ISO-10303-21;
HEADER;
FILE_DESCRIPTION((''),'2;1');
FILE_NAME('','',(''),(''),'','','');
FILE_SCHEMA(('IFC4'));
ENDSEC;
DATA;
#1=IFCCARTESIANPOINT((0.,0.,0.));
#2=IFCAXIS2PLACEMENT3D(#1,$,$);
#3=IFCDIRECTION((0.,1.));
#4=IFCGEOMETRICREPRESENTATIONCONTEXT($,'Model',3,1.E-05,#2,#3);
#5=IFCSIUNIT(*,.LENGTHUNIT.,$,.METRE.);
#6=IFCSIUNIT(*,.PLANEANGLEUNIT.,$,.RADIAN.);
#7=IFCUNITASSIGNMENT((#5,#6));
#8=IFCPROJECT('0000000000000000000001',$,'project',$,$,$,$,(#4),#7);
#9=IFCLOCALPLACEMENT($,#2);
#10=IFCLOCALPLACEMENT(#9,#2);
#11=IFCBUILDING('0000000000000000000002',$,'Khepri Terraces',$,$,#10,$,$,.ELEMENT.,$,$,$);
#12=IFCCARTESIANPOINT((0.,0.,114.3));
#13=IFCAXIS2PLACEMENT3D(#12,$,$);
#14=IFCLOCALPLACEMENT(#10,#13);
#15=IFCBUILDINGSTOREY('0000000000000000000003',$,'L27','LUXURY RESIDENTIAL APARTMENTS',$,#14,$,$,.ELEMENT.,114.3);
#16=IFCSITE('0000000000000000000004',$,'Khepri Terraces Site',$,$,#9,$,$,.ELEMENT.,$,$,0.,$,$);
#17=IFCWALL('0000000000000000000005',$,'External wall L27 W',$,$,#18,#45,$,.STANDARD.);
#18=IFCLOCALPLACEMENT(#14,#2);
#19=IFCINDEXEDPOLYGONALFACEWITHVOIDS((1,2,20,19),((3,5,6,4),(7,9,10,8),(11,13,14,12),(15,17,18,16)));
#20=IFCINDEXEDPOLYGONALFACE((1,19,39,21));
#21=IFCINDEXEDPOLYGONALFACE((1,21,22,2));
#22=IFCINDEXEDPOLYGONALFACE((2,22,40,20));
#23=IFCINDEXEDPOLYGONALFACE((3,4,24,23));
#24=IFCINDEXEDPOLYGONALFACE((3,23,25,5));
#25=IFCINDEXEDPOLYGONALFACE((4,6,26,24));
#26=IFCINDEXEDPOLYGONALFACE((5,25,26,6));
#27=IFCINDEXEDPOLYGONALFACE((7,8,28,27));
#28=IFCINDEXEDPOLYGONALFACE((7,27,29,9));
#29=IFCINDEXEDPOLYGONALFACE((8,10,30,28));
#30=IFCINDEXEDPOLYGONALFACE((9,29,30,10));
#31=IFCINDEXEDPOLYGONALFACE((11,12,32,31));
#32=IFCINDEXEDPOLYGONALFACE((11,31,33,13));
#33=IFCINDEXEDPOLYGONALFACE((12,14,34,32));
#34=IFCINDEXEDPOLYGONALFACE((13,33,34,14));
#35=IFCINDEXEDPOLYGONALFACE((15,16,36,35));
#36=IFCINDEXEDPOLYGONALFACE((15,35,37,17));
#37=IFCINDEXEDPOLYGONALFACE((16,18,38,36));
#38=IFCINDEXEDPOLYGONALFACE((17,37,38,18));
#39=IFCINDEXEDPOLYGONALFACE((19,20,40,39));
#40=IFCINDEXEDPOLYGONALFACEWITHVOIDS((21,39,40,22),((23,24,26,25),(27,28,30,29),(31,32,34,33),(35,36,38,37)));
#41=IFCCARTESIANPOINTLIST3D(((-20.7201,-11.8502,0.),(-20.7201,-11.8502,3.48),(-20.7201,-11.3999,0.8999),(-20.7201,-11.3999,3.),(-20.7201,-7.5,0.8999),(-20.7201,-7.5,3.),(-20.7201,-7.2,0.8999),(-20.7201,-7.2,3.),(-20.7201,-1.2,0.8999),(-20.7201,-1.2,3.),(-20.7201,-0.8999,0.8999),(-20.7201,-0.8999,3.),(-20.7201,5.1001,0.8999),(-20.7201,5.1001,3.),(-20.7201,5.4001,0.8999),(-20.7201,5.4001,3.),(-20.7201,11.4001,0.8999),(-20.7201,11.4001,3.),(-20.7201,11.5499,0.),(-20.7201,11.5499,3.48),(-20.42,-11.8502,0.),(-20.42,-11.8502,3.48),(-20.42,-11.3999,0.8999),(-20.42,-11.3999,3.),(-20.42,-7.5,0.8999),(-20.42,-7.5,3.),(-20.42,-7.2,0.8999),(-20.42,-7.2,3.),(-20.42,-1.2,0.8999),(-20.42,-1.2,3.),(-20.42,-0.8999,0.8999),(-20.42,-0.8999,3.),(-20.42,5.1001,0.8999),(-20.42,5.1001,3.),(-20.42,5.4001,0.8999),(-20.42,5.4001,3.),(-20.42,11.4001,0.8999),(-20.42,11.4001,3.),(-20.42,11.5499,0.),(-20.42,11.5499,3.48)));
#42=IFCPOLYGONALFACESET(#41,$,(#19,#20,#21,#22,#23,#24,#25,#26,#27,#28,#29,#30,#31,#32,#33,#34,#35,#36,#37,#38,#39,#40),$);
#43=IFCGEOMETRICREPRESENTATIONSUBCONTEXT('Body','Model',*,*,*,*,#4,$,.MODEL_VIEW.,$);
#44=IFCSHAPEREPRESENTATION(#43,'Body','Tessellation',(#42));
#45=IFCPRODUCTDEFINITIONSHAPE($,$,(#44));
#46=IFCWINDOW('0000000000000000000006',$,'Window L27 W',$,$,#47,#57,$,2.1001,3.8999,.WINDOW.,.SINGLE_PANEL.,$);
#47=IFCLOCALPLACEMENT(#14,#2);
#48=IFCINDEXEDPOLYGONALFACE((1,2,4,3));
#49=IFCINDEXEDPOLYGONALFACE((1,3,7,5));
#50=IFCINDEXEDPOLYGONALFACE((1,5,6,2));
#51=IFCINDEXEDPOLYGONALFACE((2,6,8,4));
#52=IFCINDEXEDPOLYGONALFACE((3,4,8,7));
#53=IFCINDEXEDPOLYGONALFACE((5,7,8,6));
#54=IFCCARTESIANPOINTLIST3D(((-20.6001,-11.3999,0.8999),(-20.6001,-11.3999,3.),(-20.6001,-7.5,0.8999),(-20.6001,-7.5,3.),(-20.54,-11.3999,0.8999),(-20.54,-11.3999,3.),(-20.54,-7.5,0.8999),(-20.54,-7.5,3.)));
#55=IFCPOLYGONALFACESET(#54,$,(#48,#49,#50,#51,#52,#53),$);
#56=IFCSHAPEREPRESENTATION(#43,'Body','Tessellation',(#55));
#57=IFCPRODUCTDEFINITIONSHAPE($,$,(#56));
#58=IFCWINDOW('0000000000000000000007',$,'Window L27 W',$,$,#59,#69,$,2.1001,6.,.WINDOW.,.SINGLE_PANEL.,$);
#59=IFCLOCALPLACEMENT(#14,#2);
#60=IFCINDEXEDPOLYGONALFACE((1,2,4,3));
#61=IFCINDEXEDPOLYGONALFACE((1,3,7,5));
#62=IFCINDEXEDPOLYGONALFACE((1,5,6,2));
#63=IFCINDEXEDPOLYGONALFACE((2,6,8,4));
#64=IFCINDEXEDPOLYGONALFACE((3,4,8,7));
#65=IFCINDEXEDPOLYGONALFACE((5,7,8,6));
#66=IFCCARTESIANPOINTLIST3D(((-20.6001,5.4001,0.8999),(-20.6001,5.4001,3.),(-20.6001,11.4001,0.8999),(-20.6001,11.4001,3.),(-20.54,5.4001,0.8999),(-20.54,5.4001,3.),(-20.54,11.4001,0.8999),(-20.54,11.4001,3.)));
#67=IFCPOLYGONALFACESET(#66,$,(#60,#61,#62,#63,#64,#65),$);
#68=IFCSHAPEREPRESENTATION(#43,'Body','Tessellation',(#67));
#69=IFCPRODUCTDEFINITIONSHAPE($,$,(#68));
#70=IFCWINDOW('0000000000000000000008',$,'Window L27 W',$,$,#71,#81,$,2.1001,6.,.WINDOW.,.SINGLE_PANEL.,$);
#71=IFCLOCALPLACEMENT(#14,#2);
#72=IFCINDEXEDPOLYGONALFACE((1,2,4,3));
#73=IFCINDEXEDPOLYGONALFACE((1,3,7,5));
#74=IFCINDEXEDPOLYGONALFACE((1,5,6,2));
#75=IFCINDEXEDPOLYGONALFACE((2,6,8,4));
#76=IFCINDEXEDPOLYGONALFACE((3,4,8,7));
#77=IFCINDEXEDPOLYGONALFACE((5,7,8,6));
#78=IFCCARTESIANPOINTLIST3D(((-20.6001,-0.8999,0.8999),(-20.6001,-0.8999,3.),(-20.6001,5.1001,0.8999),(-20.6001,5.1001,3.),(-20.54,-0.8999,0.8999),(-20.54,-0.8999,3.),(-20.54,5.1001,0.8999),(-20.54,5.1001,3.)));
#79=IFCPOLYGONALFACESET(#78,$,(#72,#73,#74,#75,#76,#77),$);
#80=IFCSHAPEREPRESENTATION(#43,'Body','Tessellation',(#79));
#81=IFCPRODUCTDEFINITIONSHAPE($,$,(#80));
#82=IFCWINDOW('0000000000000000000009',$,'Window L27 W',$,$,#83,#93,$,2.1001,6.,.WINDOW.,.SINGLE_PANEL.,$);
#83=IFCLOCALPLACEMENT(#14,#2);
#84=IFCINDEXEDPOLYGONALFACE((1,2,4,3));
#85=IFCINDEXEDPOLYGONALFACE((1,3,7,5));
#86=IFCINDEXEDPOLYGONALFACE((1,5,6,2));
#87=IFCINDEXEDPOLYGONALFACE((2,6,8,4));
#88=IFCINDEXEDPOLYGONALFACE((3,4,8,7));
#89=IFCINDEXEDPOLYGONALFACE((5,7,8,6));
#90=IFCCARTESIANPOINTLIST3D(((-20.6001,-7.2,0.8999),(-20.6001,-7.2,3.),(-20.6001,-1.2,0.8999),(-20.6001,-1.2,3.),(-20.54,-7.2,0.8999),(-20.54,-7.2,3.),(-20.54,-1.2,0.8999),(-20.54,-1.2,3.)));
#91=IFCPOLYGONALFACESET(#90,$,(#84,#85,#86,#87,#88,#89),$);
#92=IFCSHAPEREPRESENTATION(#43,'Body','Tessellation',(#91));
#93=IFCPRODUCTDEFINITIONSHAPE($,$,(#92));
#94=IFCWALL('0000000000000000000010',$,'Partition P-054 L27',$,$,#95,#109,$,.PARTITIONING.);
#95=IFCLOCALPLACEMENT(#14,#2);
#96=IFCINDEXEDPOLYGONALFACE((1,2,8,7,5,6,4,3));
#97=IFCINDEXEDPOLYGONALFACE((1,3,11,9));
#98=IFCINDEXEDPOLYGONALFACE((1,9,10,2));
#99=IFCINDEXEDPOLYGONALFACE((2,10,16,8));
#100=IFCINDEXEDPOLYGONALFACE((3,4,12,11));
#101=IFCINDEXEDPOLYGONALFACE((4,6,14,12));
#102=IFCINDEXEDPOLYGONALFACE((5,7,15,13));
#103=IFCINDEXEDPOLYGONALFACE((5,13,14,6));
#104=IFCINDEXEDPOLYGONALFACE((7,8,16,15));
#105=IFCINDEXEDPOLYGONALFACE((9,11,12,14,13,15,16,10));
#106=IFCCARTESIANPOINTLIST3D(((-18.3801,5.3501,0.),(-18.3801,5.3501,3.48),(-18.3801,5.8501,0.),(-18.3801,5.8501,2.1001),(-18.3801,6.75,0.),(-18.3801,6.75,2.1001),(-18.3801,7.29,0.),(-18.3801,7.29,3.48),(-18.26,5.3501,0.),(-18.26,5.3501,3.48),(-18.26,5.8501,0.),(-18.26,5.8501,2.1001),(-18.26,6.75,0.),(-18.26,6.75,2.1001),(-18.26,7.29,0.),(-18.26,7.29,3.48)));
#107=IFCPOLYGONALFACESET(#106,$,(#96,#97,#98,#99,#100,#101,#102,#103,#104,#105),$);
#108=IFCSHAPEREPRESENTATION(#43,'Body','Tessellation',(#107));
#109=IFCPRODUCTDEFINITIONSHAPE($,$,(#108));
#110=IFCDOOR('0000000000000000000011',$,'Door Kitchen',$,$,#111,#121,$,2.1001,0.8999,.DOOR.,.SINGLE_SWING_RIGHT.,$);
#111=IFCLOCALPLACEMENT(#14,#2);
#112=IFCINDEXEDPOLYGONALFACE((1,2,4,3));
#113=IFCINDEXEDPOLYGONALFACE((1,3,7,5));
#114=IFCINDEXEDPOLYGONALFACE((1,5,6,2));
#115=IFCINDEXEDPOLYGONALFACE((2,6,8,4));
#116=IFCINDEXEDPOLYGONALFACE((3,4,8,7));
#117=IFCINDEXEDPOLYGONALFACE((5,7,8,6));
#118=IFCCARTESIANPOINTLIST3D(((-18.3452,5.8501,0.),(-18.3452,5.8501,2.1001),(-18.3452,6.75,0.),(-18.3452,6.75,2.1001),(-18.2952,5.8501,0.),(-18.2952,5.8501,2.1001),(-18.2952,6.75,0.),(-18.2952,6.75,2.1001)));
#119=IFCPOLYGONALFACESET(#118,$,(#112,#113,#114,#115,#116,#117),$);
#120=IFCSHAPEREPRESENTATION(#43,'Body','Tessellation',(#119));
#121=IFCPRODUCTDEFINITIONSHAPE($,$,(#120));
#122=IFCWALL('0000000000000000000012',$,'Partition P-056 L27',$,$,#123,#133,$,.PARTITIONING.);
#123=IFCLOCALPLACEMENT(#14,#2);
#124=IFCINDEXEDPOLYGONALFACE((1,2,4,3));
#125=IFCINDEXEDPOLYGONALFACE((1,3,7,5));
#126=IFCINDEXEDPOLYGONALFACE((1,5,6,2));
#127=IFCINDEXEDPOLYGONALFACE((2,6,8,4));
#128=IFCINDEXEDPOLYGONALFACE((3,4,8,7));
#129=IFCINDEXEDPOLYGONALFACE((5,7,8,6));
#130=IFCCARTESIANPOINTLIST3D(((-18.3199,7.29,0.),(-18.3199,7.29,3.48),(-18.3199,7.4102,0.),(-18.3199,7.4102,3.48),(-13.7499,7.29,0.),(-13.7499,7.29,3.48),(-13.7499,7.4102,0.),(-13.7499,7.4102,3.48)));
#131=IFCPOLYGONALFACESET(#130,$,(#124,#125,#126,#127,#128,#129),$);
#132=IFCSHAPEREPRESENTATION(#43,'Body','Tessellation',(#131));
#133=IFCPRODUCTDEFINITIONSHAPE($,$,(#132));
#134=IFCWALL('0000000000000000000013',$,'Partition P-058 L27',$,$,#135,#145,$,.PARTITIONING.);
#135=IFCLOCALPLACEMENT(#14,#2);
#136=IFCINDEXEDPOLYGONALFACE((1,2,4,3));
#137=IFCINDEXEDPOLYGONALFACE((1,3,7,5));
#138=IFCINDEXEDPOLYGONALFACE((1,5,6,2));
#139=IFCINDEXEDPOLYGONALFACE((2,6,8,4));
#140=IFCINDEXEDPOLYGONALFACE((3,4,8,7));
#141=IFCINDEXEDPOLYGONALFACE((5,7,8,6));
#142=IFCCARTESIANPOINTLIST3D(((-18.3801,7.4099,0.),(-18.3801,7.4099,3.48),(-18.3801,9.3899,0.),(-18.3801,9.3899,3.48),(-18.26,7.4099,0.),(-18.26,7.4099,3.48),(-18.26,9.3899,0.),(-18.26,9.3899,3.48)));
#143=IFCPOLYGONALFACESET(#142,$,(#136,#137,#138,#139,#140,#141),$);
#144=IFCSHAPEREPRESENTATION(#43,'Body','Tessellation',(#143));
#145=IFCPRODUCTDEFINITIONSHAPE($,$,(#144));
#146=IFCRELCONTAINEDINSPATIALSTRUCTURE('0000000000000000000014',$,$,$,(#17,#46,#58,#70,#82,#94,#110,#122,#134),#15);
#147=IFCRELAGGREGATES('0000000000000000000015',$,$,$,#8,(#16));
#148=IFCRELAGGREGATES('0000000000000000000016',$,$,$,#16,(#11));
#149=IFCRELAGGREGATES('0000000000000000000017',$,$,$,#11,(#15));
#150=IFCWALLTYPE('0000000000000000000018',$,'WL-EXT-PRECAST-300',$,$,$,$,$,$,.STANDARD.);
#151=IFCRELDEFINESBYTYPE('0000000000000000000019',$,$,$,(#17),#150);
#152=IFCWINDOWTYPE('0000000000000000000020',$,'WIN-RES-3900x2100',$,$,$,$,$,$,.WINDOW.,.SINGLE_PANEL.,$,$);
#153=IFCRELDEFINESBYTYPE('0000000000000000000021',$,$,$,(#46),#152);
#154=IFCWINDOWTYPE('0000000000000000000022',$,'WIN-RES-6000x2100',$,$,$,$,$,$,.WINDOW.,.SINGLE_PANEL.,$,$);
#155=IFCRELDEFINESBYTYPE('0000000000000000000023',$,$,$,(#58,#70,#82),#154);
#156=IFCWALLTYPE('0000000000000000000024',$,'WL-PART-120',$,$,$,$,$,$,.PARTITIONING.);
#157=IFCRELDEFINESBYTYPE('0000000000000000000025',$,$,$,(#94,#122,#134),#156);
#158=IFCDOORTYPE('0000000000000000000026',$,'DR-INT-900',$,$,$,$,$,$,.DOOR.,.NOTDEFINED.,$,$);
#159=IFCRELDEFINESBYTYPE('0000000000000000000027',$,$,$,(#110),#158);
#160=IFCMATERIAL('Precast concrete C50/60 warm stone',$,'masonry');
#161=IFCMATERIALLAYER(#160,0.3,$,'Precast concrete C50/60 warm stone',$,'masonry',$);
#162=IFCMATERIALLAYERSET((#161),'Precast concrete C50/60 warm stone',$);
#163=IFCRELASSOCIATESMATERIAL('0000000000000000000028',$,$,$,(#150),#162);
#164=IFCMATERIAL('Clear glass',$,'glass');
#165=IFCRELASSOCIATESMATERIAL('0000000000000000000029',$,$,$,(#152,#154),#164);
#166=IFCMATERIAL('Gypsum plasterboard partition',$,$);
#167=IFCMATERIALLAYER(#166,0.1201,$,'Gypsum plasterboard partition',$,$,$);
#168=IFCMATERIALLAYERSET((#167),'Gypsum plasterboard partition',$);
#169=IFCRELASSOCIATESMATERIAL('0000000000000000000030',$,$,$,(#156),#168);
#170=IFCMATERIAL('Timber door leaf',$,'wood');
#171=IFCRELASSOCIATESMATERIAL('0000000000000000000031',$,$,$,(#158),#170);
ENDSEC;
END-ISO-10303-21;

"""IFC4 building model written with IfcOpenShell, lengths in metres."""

from ifc_helpers import new_model, si_unit, direction, frame, frame_2d, origin, place, context, subcontext, project, spatial, rectangle, extrude, material, layer, layer_set, type_object, element, fill, save


model = new_model("IFC4")

# Units and contexts
model_context = context("Model", 3, precision=1e-05, world=origin(), true_north=direction((0.0, 1.0)))
body_context = subcontext(model_context, "Body", "Model", "MODEL_VIEW")
ifc_project = project(units=[si_unit("LENGTHUNIT", "METRE"), si_unit("PLANEANGLEUNIT", "RADIAN")], contexts=[model_context])

# Site, building, storey
site_placement = place(None, origin())
site = spatial("IfcSite", under=ifc_project, at=site_placement, Name="Khepri Terraces Site", CompositionType="ELEMENT", RefElevation=0.0)
building_placement = place(site_placement, origin())
building = spatial("IfcBuilding", under=site, at=building_placement, Name="Khepri Terraces", CompositionType="ELEMENT")
storey_placement = place(building_placement, frame((0.0, 0.0, 114.3)))
storey = spatial("IfcBuildingStorey", under=building, at=storey_placement, Name="L27", Description="LUXURY RESIDENTIAL APARTMENTS", CompositionType="ELEMENT", Elevation=114.3)

# Shared definitions
ifc_material_1 = material(Name="Precast concrete C50/60 warm stone", Category="masonry")
ifc_layer_1 = layer(ifc_material_1, 0.3, Name="Precast concrete C50/60 warm stone", Category="masonry")
ifc_layer_set_1 = layer_set([ifc_layer_1], Name="Precast concrete C50/60 warm stone")
wall_type_1 = type_object("IfcWallType", Name="WL-EXT-PRECAST-300", PredefinedType="STANDARD", material=ifc_layer_set_1)

# Shared definitions
ifc_material_2 = material(Name="Clear glass", Category="glass")

# Wall, openings, windows
wall_1_placement = place(storey_placement, frame((-20.5701, 11.55, 0.0), z_axis=(0.0, 0.0, 1.0), x_axis=(0.0, -1.0, 0.0)))
wall_1 = element("IfcWall", 1, at=wall_1_placement, inside=storey, type_object=wall_type_1, Name="External wall L27 W", PredefinedType="STANDARD", context=body_context, shape_type="SweptSolid", body=[
    extrude(rectangle(XDim=23.4001, YDim=0.3, at=frame_2d((11.7002, 0.0))), origin(), (0.0, 0.0, 1.0), 3.48),
])
opening_1_placement = place(wall_1_placement, frame((0.1499, 0.0, 0.8999)))
opening_1 = element("IfcOpeningElement", 2, at=opening_1_placement, cuts=wall_1, PredefinedType="OPENING", context=body_context, shape_type="SweptSolid", body=[
    extrude(rectangle(XDim=6.0, YDim=2.1001, at=frame_2d((3.0, 1.05))), frame((0.0, 0.1602, 0.0), z_axis=(0.0, -1.0, 0.0), x_axis=(1.0, 0.0, 0.0)), (0.0, 0.0, 1.0), 0.3201),
])
opening_2_placement = place(wall_1_placement, frame((6.45, 0.0, 0.8999)))
opening_2 = element("IfcOpeningElement", 3, at=opening_2_placement, cuts=wall_1, PredefinedType="OPENING", context=body_context, shape_type="SweptSolid", body=[
    extrude(rectangle(XDim=6.0, YDim=2.1001, at=frame_2d((3.0, 1.05))), frame((0.0, 0.1602, 0.0), z_axis=(0.0, -1.0, 0.0), x_axis=(1.0, 0.0, 0.0)), (0.0, 0.0, 1.0), 0.3201),
])
opening_3_placement = place(wall_1_placement, frame((12.75, 0.0, 0.8999)))
opening_3 = element("IfcOpeningElement", 4, at=opening_3_placement, cuts=wall_1, PredefinedType="OPENING", context=body_context, shape_type="SweptSolid", body=[
    extrude(rectangle(XDim=6.0, YDim=2.1001, at=frame_2d((3.0, 1.05))), frame((0.0, 0.1602, 0.0), z_axis=(0.0, -1.0, 0.0), x_axis=(1.0, 0.0, 0.0)), (0.0, 0.0, 1.0), 0.3201),
])
opening_4_placement = place(wall_1_placement, frame((19.05, 0.0, 0.8999)))
opening_4 = element("IfcOpeningElement", 5, at=opening_4_placement, cuts=wall_1, PredefinedType="OPENING", context=body_context, shape_type="SweptSolid", body=[
    extrude(rectangle(XDim=3.8999, YDim=2.1001, at=frame_2d((1.95, 1.05))), frame((0.0, 0.1602, 0.0), z_axis=(0.0, -1.0, 0.0), x_axis=(1.0, 0.0, 0.0)), (0.0, 0.0, 1.0), 0.3201),
])
window_type_1 = type_object("IfcWindowType", Name="WIN-RES-3900x2100", PartitioningType="SINGLE_PANEL", PredefinedType="WINDOW", material=ifc_material_2)
window_1_placement = place(opening_4_placement, origin())
window_1 = element("IfcWindow", 6, at=window_1_placement, inside=storey, type_object=window_type_1, Name="Window L27 W", OverallHeight=2.1001, OverallWidth=3.8999, PartitioningType="SINGLE_PANEL", PredefinedType="WINDOW", context=body_context, shape_type="SweptSolid", body=[
    extrude(rectangle(XDim=3.8999, YDim=2.1001, at=frame_2d((1.95, 1.05))), frame((0.0, 0.03, 0.0), z_axis=(0.0, -1.0, 0.0), x_axis=(1.0, 0.0, 0.0)), (0.0, 0.0, 1.0), 0.0601),
])
fill(opening_4, window_1)
window_type_2 = type_object("IfcWindowType", Name="WIN-RES-6000x2100", PartitioningType="SINGLE_PANEL", PredefinedType="WINDOW", material=ifc_material_2)
window_2_placement = place(opening_1_placement, origin())
window_2 = element("IfcWindow", 7, at=window_2_placement, inside=storey, type_object=window_type_2, Name="Window L27 W", OverallHeight=2.1001, OverallWidth=6.0, PartitioningType="SINGLE_PANEL", PredefinedType="WINDOW", context=body_context, shape_type="SweptSolid", body=[
    extrude(rectangle(XDim=6.0, YDim=2.1001, at=frame_2d((3.0, 1.05))), frame((0.0, 0.03, 0.0), z_axis=(0.0, -1.0, 0.0), x_axis=(1.0, 0.0, 0.0)), (0.0, 0.0, 1.0), 0.0601),
])
fill(opening_1, window_2)
window_3_placement = place(opening_2_placement, origin())
window_3 = element("IfcWindow", 8, at=window_3_placement, inside=storey, type_object=window_type_2, Name="Window L27 W", OverallHeight=2.1001, OverallWidth=6.0, PartitioningType="SINGLE_PANEL", PredefinedType="WINDOW", context=body_context, shape_type="SweptSolid", body=[
    extrude(rectangle(XDim=6.0, YDim=2.1001, at=frame_2d((3.0, 1.05))), frame((0.0, 0.03, 0.0), z_axis=(0.0, -1.0, 0.0), x_axis=(1.0, 0.0, 0.0)), (0.0, 0.0, 1.0), 0.0601),
])
fill(opening_2, window_3)
window_4_placement = place(opening_3_placement, origin())
window_4 = element("IfcWindow", 9, at=window_4_placement, inside=storey, type_object=window_type_2, Name="Window L27 W", OverallHeight=2.1001, OverallWidth=6.0, PartitioningType="SINGLE_PANEL", PredefinedType="WINDOW", context=body_context, shape_type="SweptSolid", body=[
    extrude(rectangle(XDim=6.0, YDim=2.1001, at=frame_2d((3.0, 1.05))), frame((0.0, 0.03, 0.0), z_axis=(0.0, -1.0, 0.0), x_axis=(1.0, 0.0, 0.0)), (0.0, 0.0, 1.0), 0.0601),
])
fill(opening_3, window_4)

# Wall, opening, door
ifc_material_3 = material(Name="Gypsum plasterboard partition")
ifc_layer_2 = layer(ifc_material_3, 0.1201, Name="Gypsum plasterboard partition")
ifc_layer_set_2 = layer_set([ifc_layer_2], Name="Gypsum plasterboard partition")
wall_type_2 = type_object("IfcWallType", Name="WL-PART-120", PredefinedType="PARTITIONING", material=ifc_layer_set_2)
wall_2_placement = place(storey_placement, frame((-18.3201, 5.3501, 0.0), z_axis=(0.0, 0.0, 1.0), x_axis=(0.0, 1.0, 0.0)))
wall_2 = element("IfcWall", 10, at=wall_2_placement, inside=storey, type_object=wall_type_2, Name="Partition P-054 L27", PredefinedType="PARTITIONING", context=body_context, shape_type="SweptSolid", body=[
    extrude(rectangle(XDim=1.9399, YDim=0.1201, at=frame_2d((0.97, 0.0))), origin(), (0.0, 0.0, 1.0), 3.48),
])
opening_5_placement = place(wall_2_placement, frame((0.5, 0.0, 0.0)))
opening_5 = element("IfcOpeningElement", 11, at=opening_5_placement, cuts=wall_2, PredefinedType="OPENING", context=body_context, shape_type="SweptSolid", body=[
    extrude(rectangle(XDim=0.8999, YDim=2.1001, at=frame_2d((0.45, 1.05))), frame((0.0, 0.0701, 0.0), z_axis=(0.0, -1.0, 0.0), x_axis=(1.0, 0.0, 0.0)), (0.0, 0.0, 1.0), 0.1401),
])
ifc_material_4 = material(Name="Timber door leaf", Category="wood")
door_type_1 = type_object("IfcDoorType", Name="DR-INT-900", OperationType="NOTDEFINED", PredefinedType="DOOR", material=ifc_material_4)
door_1_placement = place(opening_5_placement, frame((0.8999, 0.0, 0.0), z_axis=(0.0, 0.0, 1.0), x_axis=(-1.0, 0.0, 0.0)))
door_1 = element("IfcDoor", 12, at=door_1_placement, inside=storey, type_object=door_type_1, Name="Door Kitchen", OperationType="SINGLE_SWING_RIGHT", OverallHeight=2.1001, OverallWidth=0.8999, PredefinedType="DOOR", context=body_context, shape_type="SweptSolid", body=[
    extrude(rectangle(XDim=0.8999, YDim=2.1001, at=frame_2d((0.45, 1.05))), frame((0.0, 0.0249, 0.0), z_axis=(0.0, -1.0, 0.0), x_axis=(1.0, 0.0, 0.0)), (0.0, 0.0, 1.0), 0.05),
])
fill(opening_5, door_1)

# Walls
wall_3_placement = place(storey_placement, frame((-18.3201, 7.3501, 0.0), z_axis=(0.0, 0.0, 1.0), x_axis=(1.0, 0.0, 0.0)))
element("IfcWall", 13, at=wall_3_placement, inside=storey, type_object=wall_type_2, Name="Partition P-056 L27", PredefinedType="PARTITIONING", context=body_context, shape_type="SweptSolid", body=[
    extrude(rectangle(XDim=4.5701, YDim=0.1201, at=frame_2d((2.2852, 0.0))), origin(), (0.0, 0.0, 1.0), 3.48),
])
wall_4_placement = place(storey_placement, frame((-18.3201, 7.4099, 0.0), z_axis=(0.0, 0.0, 1.0), x_axis=(0.0, 1.0, 0.0)))
element("IfcWall", 14, at=wall_4_placement, inside=storey, type_object=wall_type_2, Name="Partition P-058 L27", PredefinedType="PARTITIONING", context=body_context, shape_type="SweptSolid", body=[
    extrude(rectangle(XDim=1.98, YDim=0.1201, at=frame_2d((0.99, 0.0))), origin(), (0.0, 0.0, 1.0), 3.48),
])

save(model, "model.ifc")
